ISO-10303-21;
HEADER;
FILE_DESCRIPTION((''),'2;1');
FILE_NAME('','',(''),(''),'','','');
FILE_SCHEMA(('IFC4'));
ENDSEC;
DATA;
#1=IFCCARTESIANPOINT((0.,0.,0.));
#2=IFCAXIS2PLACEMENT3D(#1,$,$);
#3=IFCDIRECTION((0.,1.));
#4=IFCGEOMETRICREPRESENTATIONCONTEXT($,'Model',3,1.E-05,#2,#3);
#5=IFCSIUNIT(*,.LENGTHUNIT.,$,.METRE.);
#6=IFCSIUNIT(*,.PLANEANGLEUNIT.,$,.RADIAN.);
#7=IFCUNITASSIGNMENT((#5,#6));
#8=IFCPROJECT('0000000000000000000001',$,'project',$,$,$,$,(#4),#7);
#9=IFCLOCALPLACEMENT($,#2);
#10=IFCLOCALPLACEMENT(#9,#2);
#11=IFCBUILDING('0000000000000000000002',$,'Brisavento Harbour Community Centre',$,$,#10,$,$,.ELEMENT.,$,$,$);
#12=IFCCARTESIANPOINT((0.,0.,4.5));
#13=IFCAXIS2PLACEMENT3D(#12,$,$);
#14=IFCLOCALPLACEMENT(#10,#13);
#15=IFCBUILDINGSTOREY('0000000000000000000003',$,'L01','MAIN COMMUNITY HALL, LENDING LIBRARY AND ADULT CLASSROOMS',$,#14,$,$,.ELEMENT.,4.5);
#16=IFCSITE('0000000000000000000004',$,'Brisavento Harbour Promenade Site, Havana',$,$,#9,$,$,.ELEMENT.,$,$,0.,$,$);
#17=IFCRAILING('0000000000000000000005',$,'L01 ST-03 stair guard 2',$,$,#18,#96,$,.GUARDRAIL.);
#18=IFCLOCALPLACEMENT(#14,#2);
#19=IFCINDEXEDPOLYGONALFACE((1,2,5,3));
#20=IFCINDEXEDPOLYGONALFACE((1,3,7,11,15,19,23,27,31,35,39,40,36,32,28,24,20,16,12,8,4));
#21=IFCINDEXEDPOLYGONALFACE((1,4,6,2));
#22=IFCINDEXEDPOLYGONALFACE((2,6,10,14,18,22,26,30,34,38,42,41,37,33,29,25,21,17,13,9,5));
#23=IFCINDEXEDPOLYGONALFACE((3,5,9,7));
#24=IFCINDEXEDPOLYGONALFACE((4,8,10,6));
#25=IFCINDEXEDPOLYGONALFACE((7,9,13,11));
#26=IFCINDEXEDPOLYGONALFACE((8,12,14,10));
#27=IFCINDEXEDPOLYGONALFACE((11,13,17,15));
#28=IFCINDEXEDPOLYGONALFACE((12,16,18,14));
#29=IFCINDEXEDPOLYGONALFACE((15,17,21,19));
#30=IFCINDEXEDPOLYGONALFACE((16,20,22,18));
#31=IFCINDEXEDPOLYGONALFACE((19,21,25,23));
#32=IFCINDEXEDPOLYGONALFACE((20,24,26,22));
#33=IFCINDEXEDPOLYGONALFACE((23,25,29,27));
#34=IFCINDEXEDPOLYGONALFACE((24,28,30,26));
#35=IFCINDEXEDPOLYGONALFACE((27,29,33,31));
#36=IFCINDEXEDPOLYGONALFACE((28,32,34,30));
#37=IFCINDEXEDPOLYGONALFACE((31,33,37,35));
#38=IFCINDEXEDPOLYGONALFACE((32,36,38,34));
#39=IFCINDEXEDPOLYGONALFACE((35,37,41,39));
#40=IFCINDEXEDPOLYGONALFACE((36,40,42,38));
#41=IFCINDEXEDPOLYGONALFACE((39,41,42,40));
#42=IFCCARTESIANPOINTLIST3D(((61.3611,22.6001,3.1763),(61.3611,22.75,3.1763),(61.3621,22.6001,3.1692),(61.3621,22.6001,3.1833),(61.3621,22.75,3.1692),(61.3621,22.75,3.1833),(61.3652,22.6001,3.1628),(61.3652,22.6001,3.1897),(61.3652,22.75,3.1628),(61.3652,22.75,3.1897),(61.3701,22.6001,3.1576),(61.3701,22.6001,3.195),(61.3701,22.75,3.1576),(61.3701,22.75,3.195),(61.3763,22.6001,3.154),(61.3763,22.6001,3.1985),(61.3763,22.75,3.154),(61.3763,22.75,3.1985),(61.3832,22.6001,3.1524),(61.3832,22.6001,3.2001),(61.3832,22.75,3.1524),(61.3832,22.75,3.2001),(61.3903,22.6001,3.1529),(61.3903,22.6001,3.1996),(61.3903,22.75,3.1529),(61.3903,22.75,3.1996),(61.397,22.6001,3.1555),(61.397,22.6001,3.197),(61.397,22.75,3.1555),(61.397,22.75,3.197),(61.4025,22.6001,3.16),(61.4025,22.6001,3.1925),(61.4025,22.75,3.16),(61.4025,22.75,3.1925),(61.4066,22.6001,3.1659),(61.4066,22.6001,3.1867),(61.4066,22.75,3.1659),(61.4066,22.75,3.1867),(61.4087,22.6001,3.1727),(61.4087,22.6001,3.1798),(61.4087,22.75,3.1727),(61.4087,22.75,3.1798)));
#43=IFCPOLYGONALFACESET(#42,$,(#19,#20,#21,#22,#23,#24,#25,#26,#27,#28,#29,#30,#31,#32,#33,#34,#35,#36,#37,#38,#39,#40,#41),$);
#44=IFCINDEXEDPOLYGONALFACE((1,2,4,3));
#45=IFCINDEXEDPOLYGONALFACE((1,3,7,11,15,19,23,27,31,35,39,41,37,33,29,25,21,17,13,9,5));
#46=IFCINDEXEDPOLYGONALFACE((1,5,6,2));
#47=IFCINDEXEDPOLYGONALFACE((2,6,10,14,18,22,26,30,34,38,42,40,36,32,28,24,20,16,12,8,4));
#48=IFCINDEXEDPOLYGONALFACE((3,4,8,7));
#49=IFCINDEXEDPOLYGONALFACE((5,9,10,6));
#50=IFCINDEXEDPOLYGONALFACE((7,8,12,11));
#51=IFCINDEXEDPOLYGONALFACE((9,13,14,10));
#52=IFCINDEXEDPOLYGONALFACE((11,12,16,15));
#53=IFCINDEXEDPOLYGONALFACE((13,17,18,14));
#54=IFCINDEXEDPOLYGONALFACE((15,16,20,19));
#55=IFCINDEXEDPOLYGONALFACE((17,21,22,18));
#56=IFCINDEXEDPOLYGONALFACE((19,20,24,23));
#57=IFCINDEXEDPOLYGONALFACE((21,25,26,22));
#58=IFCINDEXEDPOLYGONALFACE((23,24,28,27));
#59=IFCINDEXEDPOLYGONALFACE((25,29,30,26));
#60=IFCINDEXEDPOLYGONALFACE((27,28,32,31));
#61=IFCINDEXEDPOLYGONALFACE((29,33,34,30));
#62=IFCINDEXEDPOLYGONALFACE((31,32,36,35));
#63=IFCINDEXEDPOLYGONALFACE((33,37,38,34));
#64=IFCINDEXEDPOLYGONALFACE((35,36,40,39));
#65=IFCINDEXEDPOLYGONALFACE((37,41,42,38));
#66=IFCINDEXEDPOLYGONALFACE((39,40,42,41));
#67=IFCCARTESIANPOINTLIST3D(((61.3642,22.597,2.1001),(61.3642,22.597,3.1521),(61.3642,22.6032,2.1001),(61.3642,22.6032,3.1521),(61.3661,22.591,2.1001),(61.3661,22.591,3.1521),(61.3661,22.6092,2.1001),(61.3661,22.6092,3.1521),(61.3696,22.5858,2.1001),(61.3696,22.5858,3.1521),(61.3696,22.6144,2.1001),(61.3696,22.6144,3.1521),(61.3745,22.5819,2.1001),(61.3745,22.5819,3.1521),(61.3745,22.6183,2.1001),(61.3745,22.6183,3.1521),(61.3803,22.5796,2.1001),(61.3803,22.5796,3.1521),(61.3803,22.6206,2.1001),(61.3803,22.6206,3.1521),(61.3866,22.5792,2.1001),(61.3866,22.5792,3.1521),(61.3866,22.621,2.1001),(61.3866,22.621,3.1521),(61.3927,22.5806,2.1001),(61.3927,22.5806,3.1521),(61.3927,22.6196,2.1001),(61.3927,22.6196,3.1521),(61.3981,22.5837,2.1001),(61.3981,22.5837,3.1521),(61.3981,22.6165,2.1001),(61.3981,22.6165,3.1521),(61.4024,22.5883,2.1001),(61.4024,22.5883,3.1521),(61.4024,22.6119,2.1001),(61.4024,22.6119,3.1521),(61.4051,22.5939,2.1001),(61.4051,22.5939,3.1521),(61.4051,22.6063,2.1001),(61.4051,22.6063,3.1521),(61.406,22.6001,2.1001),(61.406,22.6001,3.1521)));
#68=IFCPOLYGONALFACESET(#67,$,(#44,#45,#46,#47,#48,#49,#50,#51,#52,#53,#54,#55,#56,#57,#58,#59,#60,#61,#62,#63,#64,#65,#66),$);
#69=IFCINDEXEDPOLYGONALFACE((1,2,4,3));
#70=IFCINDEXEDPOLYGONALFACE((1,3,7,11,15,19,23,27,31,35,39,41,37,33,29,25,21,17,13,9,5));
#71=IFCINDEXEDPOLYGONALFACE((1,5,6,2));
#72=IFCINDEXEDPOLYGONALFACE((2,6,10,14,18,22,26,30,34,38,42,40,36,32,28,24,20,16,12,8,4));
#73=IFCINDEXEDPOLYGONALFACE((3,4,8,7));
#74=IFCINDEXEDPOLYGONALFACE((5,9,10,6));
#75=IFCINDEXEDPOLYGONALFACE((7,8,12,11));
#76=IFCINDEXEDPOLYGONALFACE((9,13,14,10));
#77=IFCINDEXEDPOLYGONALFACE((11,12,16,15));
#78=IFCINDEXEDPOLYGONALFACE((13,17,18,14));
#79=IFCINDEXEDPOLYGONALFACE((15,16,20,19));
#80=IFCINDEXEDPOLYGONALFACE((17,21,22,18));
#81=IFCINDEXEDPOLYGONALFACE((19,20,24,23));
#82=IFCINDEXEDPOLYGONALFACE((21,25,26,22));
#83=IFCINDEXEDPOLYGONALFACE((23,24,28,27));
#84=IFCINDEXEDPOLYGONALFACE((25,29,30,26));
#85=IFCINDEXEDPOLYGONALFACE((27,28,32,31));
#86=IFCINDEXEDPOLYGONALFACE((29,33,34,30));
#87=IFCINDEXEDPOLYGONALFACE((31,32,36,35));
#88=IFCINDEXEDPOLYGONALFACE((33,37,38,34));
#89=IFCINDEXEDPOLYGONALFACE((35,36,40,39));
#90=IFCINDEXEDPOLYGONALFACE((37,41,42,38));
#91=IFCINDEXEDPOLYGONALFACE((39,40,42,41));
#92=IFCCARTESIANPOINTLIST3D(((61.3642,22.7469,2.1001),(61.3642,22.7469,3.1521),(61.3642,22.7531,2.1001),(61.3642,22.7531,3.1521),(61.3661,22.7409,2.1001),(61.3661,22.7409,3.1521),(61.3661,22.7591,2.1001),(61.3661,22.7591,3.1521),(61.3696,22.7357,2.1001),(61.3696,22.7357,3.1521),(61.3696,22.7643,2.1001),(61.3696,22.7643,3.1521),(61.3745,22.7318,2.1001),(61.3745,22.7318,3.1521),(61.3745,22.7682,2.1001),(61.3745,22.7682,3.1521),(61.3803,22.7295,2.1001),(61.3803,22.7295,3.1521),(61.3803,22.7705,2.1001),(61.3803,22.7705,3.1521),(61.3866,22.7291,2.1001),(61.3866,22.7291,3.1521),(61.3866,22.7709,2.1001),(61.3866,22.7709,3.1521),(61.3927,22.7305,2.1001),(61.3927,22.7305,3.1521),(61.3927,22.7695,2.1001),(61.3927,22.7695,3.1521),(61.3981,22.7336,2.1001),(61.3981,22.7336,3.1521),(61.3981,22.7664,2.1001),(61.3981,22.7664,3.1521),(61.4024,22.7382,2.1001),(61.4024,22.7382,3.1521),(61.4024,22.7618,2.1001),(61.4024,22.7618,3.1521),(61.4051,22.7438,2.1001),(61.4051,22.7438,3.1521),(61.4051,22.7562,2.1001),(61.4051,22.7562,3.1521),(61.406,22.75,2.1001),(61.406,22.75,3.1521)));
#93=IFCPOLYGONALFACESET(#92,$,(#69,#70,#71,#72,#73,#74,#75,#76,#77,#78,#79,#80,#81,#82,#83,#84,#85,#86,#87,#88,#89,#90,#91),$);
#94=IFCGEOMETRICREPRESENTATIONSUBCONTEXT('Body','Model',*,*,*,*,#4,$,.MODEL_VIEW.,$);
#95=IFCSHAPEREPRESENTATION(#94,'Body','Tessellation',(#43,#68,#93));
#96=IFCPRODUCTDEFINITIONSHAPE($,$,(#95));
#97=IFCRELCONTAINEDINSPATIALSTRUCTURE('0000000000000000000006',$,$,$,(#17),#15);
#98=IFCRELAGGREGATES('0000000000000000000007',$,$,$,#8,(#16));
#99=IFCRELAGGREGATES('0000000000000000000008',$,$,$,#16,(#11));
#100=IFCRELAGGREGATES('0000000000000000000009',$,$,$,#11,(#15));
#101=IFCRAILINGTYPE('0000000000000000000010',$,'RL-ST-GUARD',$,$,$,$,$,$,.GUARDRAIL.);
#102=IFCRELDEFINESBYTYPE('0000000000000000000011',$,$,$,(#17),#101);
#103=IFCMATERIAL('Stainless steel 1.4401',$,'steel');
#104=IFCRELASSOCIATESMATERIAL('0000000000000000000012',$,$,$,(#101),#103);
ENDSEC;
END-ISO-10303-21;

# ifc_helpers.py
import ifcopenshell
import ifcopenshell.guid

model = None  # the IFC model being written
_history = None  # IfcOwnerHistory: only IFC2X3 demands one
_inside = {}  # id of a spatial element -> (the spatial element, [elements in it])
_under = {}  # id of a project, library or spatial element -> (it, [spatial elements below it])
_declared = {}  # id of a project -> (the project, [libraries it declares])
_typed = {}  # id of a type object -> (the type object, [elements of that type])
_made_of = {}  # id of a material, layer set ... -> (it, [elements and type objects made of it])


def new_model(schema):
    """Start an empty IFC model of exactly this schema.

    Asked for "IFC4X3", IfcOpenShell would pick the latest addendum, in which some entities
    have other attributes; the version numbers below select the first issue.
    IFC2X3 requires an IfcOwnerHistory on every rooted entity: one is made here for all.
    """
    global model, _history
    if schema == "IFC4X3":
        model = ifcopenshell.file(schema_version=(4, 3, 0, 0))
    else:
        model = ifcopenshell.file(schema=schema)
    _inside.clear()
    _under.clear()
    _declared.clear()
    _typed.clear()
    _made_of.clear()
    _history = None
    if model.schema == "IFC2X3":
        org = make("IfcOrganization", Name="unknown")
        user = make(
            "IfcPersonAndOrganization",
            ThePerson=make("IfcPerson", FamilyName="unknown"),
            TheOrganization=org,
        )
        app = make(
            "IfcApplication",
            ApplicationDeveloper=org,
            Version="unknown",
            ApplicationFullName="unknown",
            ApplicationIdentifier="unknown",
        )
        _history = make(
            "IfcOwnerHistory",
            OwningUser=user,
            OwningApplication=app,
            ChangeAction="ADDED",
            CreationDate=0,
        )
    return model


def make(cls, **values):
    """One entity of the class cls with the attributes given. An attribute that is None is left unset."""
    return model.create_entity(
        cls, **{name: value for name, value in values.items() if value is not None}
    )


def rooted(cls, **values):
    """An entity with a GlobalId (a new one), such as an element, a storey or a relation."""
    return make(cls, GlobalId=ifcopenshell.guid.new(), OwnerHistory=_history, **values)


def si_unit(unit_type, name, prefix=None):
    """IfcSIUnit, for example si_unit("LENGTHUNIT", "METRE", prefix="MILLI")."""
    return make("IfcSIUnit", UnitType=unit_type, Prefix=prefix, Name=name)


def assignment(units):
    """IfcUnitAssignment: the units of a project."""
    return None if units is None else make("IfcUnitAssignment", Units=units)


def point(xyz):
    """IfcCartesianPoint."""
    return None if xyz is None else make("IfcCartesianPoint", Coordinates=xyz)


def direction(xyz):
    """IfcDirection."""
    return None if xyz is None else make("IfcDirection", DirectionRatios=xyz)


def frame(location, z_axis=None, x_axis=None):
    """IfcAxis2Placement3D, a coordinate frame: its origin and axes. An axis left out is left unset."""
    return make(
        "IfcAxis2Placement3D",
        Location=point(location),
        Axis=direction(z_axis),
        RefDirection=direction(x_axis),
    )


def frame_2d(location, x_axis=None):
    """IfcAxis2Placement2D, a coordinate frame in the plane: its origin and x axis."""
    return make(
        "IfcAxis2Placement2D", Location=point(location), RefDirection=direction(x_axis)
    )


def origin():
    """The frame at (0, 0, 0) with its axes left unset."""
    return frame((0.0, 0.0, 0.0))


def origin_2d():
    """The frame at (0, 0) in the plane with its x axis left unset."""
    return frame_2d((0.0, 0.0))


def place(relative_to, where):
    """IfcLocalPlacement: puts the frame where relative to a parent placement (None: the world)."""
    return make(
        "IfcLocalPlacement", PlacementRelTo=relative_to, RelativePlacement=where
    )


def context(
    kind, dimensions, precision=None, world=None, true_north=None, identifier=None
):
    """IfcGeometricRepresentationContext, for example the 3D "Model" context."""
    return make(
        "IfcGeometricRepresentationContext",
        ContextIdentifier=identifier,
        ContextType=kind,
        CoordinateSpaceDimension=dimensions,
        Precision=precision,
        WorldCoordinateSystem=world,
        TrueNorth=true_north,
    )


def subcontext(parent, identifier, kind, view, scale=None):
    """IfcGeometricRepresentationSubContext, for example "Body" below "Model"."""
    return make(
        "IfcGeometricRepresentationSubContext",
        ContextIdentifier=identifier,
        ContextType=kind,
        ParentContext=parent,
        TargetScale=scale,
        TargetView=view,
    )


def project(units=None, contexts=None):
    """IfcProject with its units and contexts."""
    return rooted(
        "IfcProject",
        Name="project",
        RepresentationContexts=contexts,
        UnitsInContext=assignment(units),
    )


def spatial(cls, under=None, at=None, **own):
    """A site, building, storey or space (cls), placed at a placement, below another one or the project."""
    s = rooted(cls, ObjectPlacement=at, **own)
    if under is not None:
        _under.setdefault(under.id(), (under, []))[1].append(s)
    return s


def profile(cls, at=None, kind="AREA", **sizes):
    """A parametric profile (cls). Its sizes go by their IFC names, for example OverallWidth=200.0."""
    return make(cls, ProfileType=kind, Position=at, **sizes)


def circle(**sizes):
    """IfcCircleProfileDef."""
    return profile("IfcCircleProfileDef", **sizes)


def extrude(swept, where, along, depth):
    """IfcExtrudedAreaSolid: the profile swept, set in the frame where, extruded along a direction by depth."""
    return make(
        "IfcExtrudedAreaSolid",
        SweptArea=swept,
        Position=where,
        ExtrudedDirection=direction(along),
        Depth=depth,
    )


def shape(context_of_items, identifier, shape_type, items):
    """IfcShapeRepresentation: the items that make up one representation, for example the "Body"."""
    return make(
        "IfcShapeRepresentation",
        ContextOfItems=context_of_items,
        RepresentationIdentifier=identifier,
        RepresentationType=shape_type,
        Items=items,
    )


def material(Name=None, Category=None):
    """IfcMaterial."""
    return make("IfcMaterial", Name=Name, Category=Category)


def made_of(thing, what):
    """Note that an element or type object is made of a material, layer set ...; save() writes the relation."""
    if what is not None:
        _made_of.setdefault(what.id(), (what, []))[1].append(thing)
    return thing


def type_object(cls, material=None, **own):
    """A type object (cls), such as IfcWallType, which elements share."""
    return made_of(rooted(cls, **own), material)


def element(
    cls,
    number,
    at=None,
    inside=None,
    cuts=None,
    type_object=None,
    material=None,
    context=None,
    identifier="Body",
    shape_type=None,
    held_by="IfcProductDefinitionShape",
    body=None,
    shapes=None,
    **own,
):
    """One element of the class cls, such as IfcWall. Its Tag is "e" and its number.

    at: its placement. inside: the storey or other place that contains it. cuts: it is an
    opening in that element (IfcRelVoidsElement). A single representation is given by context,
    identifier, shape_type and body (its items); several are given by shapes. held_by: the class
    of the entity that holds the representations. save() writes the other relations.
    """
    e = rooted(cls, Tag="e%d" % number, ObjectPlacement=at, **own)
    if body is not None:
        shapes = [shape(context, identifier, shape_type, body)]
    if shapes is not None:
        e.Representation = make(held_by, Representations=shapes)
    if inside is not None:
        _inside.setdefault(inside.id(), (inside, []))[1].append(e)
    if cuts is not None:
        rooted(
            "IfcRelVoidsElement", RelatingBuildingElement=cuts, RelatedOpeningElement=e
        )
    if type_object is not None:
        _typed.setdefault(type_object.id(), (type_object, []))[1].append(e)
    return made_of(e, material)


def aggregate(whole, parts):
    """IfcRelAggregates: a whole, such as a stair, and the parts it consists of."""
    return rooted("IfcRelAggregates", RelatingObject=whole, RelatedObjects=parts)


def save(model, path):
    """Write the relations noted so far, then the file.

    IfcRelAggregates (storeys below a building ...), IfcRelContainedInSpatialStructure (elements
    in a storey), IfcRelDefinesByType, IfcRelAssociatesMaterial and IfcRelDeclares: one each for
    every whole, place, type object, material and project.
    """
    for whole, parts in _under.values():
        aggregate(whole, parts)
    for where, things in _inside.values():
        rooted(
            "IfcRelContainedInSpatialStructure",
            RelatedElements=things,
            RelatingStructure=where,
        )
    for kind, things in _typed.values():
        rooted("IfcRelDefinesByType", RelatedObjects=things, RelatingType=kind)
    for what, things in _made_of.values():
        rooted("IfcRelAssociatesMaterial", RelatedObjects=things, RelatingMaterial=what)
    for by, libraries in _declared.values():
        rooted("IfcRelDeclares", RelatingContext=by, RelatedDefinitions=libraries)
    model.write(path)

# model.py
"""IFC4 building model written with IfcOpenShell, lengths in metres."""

from ifc_helpers import new_model, si_unit, direction, frame, origin, origin_2d, place, context, subcontext, project, spatial, circle, extrude, material, type_object, element, save


model = new_model("IFC4")

# Units and contexts
model_context = context("Model", 3, precision=1e-05, world=origin(), true_north=direction((0.0, 1.0)))
body_context = subcontext(model_context, "Body", "Model", "MODEL_VIEW")
ifc_project = project(units=[si_unit("LENGTHUNIT", "METRE"), si_unit("PLANEANGLEUNIT", "RADIAN")], contexts=[model_context])

# Site, building, storey
site_placement = place(None, origin())
site = spatial("IfcSite", under=ifc_project, at=site_placement, Name="Brisavento Harbour Promenade Site, Havana", CompositionType="ELEMENT", RefElevation=0.0)
building_placement = place(site_placement, origin())
building = spatial("IfcBuilding", under=site, at=building_placement, Name="Brisavento Harbour Community Centre", CompositionType="ELEMENT")
storey_placement = place(building_placement, frame((0.0, 0.0, 4.5)))
storey = spatial("IfcBuildingStorey", under=building, at=storey_placement, Name="L01", Description="MAIN COMMUNITY HALL, LENDING LIBRARY AND ADULT CLASSROOMS", CompositionType="ELEMENT", Elevation=4.5)

# Shared definitions
ifc_material_1 = material(Name="Stainless steel 1.4401", Category="steel")

# Railing
railing_type_1 = type_object("IfcRailingType", Name="RL-ST-GUARD", PredefinedType="GUARDRAIL", material=ifc_material_1)
railing_1_placement = place(storey_placement, frame((61.385, 22.6001, 2.1001)))
element("IfcRailing", 1, at=railing_1_placement, inside=storey, type_object=railing_type_1, Name="L01 ST-03 stair guard 2", PredefinedType="GUARDRAIL", context=body_context, shape_type="SweptSolid", body=[
    extrude(circle(Radius=0.0239, at=origin_2d()), frame((0.0, 0.0, 1.0762), z_axis=(0.0, 1.0, 0.0), x_axis=(-1.0, 0.0, 0.0)), (0.0, 0.0, 1.0), 0.1499),
    extrude(circle(Radius=0.021, at=origin_2d()), origin(), (0.0, 0.0, 1.0), 1.052),
    extrude(circle(Radius=0.021, at=origin_2d()), frame((0.0, 0.1499, 0.0)), (0.0, 0.0, 1.0), 1.052),
])

save(model, "model.ifc")
